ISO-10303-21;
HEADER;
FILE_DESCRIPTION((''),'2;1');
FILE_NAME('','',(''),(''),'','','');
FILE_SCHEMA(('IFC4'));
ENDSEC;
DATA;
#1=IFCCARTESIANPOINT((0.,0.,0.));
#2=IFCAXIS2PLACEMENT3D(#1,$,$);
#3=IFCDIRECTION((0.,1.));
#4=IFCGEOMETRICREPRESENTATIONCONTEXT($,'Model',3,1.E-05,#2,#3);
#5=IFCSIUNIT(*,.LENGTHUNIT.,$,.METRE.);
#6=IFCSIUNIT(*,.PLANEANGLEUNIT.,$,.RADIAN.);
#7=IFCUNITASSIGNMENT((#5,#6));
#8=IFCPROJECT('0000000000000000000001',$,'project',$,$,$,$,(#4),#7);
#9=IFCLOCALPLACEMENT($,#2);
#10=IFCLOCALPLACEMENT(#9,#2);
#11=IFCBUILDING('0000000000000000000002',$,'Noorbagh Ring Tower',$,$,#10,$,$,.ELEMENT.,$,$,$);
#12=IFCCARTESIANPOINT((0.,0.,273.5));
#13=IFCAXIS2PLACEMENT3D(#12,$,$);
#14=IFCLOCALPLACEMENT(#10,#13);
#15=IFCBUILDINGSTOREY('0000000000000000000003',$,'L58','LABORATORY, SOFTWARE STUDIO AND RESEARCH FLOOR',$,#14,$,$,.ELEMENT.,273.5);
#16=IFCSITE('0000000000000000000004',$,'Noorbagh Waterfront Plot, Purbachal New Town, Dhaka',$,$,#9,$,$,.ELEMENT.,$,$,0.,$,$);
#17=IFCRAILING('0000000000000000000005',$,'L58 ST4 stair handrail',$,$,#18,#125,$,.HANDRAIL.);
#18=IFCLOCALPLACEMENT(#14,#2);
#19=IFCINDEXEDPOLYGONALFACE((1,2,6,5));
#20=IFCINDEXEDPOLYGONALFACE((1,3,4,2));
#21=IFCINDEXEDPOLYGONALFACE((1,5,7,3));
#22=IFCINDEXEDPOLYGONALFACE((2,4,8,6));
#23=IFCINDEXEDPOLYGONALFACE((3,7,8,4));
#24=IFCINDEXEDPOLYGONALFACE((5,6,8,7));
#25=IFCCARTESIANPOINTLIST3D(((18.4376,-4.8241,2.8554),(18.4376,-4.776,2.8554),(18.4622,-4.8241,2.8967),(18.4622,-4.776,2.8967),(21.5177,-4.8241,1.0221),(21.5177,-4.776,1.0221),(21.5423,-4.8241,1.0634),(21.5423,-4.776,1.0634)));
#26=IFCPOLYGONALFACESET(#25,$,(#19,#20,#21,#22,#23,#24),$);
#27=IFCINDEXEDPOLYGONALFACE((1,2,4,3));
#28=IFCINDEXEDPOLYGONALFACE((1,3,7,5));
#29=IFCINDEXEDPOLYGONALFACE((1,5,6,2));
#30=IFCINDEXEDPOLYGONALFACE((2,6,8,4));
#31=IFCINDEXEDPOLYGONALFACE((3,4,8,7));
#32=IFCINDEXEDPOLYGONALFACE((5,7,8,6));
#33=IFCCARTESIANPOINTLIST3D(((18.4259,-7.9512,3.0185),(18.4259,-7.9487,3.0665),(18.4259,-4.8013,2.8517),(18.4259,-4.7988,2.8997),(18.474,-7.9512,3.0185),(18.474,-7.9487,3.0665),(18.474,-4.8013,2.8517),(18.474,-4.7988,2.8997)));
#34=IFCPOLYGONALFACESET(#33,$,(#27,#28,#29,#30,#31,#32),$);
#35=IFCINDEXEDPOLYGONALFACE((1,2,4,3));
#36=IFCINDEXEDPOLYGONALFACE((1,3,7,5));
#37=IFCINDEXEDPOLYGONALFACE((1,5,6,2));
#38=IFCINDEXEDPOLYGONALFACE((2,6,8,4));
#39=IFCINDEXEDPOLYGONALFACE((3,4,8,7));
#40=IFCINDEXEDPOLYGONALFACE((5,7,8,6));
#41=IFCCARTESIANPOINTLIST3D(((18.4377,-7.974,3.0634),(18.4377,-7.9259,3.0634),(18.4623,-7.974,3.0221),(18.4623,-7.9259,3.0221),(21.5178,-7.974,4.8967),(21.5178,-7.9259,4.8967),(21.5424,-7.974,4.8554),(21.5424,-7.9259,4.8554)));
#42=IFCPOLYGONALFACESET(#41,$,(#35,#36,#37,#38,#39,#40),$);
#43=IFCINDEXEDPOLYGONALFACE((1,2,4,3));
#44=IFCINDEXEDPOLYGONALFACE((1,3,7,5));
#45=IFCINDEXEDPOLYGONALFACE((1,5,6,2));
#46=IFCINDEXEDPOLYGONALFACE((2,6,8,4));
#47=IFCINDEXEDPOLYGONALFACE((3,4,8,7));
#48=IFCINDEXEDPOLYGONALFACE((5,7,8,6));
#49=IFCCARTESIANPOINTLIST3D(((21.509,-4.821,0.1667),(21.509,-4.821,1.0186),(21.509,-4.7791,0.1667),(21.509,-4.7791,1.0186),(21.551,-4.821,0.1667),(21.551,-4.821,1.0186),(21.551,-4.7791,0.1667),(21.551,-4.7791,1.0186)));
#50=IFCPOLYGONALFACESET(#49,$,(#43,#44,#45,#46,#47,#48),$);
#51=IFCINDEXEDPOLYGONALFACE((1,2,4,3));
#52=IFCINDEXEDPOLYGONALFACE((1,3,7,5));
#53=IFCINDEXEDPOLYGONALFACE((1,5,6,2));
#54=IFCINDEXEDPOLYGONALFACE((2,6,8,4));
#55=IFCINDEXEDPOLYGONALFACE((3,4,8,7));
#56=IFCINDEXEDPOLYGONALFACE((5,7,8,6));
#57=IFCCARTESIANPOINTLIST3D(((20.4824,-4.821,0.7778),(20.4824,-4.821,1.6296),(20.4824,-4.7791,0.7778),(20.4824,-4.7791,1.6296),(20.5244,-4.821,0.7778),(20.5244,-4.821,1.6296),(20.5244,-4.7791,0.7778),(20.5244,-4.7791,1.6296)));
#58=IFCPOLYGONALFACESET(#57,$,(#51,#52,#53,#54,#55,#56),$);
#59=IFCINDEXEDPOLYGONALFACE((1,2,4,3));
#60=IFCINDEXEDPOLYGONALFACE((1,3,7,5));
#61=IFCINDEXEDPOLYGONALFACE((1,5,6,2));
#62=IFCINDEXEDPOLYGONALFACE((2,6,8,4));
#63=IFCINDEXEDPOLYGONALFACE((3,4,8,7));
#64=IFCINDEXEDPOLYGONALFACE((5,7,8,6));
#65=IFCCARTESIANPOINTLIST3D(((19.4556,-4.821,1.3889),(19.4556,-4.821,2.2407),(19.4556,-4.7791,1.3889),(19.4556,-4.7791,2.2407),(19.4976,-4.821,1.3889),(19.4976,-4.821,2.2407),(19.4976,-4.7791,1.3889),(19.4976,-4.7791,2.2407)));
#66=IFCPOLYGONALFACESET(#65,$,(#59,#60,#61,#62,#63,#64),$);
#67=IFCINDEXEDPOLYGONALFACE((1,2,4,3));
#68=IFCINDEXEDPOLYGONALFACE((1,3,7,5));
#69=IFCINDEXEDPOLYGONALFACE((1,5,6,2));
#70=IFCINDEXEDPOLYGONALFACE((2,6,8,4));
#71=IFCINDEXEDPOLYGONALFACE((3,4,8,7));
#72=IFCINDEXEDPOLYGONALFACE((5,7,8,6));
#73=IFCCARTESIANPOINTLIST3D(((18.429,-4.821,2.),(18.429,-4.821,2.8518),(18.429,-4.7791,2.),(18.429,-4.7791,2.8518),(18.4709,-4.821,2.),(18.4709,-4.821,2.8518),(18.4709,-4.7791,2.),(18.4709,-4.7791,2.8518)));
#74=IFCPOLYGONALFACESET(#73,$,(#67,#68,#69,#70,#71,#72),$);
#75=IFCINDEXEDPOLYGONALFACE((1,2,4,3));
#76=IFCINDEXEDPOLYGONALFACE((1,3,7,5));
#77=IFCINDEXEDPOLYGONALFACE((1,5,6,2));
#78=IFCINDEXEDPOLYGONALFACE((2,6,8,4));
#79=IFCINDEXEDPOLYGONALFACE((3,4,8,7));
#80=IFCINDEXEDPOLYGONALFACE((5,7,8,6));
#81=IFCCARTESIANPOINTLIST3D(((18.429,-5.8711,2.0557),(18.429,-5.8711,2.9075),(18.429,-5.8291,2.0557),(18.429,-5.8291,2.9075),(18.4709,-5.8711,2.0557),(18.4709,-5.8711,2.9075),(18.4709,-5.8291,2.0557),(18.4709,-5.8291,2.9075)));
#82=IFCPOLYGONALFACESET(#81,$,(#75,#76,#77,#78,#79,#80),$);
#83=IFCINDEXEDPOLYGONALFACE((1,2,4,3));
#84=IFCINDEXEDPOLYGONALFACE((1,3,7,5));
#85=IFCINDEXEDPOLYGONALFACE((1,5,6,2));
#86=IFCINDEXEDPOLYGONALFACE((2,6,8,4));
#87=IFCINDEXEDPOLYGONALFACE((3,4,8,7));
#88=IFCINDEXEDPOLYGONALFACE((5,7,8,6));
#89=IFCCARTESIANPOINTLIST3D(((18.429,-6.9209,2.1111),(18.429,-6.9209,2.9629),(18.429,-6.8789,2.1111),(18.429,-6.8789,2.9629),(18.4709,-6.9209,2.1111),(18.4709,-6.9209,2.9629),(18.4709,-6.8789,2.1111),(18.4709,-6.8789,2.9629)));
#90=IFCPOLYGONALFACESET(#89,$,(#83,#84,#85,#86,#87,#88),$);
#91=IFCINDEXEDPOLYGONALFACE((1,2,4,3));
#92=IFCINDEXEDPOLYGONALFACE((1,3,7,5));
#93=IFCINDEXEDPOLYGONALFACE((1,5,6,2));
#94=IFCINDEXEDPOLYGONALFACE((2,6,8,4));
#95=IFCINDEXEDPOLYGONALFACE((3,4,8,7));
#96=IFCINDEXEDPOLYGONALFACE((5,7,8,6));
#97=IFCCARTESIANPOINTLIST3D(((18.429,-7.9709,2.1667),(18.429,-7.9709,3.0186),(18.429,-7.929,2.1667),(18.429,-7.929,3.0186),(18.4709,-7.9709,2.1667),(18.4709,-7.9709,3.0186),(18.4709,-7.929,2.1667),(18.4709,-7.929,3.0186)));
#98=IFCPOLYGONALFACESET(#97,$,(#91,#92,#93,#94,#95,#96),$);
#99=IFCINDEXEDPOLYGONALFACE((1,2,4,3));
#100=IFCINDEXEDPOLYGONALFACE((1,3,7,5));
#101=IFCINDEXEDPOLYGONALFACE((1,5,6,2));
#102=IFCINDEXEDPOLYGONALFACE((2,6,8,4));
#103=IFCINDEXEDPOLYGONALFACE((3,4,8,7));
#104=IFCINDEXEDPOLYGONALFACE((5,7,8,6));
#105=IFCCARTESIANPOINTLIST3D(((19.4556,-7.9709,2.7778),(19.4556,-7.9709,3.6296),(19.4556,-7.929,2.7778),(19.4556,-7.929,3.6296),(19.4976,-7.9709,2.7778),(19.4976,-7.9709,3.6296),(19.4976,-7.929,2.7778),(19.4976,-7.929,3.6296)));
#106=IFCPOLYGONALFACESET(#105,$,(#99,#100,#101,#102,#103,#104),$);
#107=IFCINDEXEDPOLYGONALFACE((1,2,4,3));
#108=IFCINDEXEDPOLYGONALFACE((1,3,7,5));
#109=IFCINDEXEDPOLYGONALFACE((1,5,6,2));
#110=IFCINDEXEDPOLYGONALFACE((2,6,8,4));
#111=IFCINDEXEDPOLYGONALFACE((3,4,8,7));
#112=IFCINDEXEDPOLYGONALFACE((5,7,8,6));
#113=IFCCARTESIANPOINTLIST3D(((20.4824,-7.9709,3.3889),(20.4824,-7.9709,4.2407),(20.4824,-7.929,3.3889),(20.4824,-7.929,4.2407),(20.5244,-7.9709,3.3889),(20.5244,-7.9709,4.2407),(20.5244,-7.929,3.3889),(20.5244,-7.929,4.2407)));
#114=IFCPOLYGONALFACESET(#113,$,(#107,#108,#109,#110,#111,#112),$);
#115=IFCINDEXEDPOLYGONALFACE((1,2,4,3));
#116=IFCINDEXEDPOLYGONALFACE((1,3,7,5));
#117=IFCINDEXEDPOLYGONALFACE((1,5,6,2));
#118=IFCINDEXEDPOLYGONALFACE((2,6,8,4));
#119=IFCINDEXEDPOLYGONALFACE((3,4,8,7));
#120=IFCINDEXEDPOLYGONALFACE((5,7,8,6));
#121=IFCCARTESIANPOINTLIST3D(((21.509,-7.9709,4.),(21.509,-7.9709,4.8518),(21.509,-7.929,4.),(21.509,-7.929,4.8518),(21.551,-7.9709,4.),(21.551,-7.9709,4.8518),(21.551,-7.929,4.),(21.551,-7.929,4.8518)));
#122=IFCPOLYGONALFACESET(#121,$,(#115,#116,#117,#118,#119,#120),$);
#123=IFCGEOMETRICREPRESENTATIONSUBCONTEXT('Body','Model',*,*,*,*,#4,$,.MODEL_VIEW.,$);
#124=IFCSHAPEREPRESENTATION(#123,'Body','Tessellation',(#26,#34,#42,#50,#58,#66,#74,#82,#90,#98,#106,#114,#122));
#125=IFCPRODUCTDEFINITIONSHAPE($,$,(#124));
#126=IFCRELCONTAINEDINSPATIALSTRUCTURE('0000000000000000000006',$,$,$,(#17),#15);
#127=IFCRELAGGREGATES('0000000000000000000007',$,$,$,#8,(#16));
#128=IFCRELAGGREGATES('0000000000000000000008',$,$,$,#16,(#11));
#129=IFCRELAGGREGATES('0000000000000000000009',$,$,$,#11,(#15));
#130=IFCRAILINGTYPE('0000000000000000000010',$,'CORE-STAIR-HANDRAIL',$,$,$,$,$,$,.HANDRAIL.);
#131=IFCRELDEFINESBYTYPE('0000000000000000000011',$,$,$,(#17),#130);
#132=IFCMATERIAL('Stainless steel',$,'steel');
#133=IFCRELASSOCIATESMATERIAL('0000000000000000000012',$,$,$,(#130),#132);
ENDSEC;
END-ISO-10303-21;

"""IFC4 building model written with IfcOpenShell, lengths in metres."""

from ifc_helpers import new_model, si_unit, direction, frame, origin, origin_2d, place, context, subcontext, project, spatial, rectangle, extrude, material, type_object, element, save


model = new_model("IFC4")

# Units and contexts
model_context = context("Model", 3, precision=1e-05, world=origin(), true_north=direction((0.0, 1.0)))
body_context = subcontext(model_context, "Body", "Model", "MODEL_VIEW")
ifc_project = project(units=[si_unit("LENGTHUNIT", "METRE"), si_unit("PLANEANGLEUNIT", "RADIAN")], contexts=[model_context])

# Site, building, storey
site_placement = place(None, origin())
site = spatial("IfcSite", under=ifc_project, at=site_placement, Name="Noorbagh Waterfront Plot, Purbachal New Town, Dhaka", CompositionType="ELEMENT", RefElevation=0.0)
building_placement = place(site_placement, origin())
building = spatial("IfcBuilding", under=site, at=building_placement, Name="Noorbagh Ring Tower", CompositionType="ELEMENT")
storey_placement = place(building_placement, frame((0.0, 0.0, 273.5)))
storey = spatial("IfcBuildingStorey", under=building, at=storey_placement, Name="L58", Description="LABORATORY, SOFTWARE STUDIO AND RESEARCH FLOOR", CompositionType="ELEMENT", Elevation=273.5)

# Railing
ifc_material_1 = material(Name="Stainless steel", Category="steel")
railing_type_1 = type_object("IfcRailingType", Name="CORE-STAIR-HANDRAIL", PredefinedType="HANDRAIL", material=ifc_material_1)
railing_1_placement = place(storey_placement, frame((21.53, -4.8, 0.1667)))
element("IfcRailing", 1, at=railing_1_placement, inside=storey, type_object=railing_type_1, Name="L58 ST4 stair handrail", PredefinedType="HANDRAIL", context=body_context, shape_type="SweptSolid", body=[
    extrude(rectangle(XDim=0.0481, YDim=0.0481, at=origin_2d()), frame((0.0, 0.0, 0.876), z_axis=(-0.859309, 0.0, 0.511458), x_axis=(0.0, -1.0, 0.0)), (0.0, 0.0, 1.0), 3.5845),
    extrude(rectangle(XDim=0.0481, YDim=0.0481, at=origin_2d()), frame((-3.0801, 0.0, 2.709), z_axis=(0.0, -0.998602, 0.052864), x_axis=(1.0, 0.0, 0.0)), (0.0, 0.0, 1.0), 3.1543),
    extrude(rectangle(XDim=0.0481, YDim=0.0481, at=origin_2d()), frame((-3.0801, -3.1499, 2.876), z_axis=(0.859309, 0.0, 0.511458), x_axis=(0.0, 1.0, 0.0)), (0.0, 0.0, 1.0), 3.5845),
    extrude(rectangle(XDim=0.042, YDim=0.042, at=origin_2d()), origin(), (0.0, 0.0, 1.0), 0.8518),
    extrude(rectangle(XDim=0.042, YDim=0.042, at=origin_2d()), frame((-1.0266, 0.0, 0.6111)), (0.0, 0.0, 1.0), 0.8518),
    extrude(rectangle(XDim=0.042, YDim=0.042, at=origin_2d()), frame((-2.0535, 0.0, 1.2222)), (0.0, 0.0, 1.0), 0.8518),
    extrude(rectangle(XDim=0.042, YDim=0.042, at=origin_2d()), frame((-3.0801, 0.0, 1.8333)), (0.0, 0.0, 1.0), 0.8518),
    extrude(rectangle(XDim=0.042, YDim=0.042, at=origin_2d()), frame((-3.0801, -1.05, 1.8889)), (0.0, 0.0, 1.0), 0.8518),
    extrude(rectangle(XDim=0.042, YDim=0.042, at=origin_2d()), frame((-3.0801, -2.0999, 1.9443)), (0.0, 0.0, 1.0), 0.8518),
    extrude(rectangle(XDim=0.042, YDim=0.042, at=origin_2d()), frame((-3.0801, -3.1499, 2.0)), (0.0, 0.0, 1.0), 0.8518),
    extrude(rectangle(XDim=0.042, YDim=0.042, at=origin_2d()), frame((-2.0535, -3.1499, 2.6111)), (0.0, 0.0, 1.0), 0.8518),
    extrude(rectangle(XDim=0.042, YDim=0.042, at=origin_2d()), frame((-1.0266, -3.1499, 3.2222)), (0.0, 0.0, 1.0), 0.8518),
    extrude(rectangle(XDim=0.042, YDim=0.042, at=origin_2d()), frame((0.0, -3.1499, 3.8333)), (0.0, 0.0, 1.0), 0.8518),
])

save(model, "model.ifc")
